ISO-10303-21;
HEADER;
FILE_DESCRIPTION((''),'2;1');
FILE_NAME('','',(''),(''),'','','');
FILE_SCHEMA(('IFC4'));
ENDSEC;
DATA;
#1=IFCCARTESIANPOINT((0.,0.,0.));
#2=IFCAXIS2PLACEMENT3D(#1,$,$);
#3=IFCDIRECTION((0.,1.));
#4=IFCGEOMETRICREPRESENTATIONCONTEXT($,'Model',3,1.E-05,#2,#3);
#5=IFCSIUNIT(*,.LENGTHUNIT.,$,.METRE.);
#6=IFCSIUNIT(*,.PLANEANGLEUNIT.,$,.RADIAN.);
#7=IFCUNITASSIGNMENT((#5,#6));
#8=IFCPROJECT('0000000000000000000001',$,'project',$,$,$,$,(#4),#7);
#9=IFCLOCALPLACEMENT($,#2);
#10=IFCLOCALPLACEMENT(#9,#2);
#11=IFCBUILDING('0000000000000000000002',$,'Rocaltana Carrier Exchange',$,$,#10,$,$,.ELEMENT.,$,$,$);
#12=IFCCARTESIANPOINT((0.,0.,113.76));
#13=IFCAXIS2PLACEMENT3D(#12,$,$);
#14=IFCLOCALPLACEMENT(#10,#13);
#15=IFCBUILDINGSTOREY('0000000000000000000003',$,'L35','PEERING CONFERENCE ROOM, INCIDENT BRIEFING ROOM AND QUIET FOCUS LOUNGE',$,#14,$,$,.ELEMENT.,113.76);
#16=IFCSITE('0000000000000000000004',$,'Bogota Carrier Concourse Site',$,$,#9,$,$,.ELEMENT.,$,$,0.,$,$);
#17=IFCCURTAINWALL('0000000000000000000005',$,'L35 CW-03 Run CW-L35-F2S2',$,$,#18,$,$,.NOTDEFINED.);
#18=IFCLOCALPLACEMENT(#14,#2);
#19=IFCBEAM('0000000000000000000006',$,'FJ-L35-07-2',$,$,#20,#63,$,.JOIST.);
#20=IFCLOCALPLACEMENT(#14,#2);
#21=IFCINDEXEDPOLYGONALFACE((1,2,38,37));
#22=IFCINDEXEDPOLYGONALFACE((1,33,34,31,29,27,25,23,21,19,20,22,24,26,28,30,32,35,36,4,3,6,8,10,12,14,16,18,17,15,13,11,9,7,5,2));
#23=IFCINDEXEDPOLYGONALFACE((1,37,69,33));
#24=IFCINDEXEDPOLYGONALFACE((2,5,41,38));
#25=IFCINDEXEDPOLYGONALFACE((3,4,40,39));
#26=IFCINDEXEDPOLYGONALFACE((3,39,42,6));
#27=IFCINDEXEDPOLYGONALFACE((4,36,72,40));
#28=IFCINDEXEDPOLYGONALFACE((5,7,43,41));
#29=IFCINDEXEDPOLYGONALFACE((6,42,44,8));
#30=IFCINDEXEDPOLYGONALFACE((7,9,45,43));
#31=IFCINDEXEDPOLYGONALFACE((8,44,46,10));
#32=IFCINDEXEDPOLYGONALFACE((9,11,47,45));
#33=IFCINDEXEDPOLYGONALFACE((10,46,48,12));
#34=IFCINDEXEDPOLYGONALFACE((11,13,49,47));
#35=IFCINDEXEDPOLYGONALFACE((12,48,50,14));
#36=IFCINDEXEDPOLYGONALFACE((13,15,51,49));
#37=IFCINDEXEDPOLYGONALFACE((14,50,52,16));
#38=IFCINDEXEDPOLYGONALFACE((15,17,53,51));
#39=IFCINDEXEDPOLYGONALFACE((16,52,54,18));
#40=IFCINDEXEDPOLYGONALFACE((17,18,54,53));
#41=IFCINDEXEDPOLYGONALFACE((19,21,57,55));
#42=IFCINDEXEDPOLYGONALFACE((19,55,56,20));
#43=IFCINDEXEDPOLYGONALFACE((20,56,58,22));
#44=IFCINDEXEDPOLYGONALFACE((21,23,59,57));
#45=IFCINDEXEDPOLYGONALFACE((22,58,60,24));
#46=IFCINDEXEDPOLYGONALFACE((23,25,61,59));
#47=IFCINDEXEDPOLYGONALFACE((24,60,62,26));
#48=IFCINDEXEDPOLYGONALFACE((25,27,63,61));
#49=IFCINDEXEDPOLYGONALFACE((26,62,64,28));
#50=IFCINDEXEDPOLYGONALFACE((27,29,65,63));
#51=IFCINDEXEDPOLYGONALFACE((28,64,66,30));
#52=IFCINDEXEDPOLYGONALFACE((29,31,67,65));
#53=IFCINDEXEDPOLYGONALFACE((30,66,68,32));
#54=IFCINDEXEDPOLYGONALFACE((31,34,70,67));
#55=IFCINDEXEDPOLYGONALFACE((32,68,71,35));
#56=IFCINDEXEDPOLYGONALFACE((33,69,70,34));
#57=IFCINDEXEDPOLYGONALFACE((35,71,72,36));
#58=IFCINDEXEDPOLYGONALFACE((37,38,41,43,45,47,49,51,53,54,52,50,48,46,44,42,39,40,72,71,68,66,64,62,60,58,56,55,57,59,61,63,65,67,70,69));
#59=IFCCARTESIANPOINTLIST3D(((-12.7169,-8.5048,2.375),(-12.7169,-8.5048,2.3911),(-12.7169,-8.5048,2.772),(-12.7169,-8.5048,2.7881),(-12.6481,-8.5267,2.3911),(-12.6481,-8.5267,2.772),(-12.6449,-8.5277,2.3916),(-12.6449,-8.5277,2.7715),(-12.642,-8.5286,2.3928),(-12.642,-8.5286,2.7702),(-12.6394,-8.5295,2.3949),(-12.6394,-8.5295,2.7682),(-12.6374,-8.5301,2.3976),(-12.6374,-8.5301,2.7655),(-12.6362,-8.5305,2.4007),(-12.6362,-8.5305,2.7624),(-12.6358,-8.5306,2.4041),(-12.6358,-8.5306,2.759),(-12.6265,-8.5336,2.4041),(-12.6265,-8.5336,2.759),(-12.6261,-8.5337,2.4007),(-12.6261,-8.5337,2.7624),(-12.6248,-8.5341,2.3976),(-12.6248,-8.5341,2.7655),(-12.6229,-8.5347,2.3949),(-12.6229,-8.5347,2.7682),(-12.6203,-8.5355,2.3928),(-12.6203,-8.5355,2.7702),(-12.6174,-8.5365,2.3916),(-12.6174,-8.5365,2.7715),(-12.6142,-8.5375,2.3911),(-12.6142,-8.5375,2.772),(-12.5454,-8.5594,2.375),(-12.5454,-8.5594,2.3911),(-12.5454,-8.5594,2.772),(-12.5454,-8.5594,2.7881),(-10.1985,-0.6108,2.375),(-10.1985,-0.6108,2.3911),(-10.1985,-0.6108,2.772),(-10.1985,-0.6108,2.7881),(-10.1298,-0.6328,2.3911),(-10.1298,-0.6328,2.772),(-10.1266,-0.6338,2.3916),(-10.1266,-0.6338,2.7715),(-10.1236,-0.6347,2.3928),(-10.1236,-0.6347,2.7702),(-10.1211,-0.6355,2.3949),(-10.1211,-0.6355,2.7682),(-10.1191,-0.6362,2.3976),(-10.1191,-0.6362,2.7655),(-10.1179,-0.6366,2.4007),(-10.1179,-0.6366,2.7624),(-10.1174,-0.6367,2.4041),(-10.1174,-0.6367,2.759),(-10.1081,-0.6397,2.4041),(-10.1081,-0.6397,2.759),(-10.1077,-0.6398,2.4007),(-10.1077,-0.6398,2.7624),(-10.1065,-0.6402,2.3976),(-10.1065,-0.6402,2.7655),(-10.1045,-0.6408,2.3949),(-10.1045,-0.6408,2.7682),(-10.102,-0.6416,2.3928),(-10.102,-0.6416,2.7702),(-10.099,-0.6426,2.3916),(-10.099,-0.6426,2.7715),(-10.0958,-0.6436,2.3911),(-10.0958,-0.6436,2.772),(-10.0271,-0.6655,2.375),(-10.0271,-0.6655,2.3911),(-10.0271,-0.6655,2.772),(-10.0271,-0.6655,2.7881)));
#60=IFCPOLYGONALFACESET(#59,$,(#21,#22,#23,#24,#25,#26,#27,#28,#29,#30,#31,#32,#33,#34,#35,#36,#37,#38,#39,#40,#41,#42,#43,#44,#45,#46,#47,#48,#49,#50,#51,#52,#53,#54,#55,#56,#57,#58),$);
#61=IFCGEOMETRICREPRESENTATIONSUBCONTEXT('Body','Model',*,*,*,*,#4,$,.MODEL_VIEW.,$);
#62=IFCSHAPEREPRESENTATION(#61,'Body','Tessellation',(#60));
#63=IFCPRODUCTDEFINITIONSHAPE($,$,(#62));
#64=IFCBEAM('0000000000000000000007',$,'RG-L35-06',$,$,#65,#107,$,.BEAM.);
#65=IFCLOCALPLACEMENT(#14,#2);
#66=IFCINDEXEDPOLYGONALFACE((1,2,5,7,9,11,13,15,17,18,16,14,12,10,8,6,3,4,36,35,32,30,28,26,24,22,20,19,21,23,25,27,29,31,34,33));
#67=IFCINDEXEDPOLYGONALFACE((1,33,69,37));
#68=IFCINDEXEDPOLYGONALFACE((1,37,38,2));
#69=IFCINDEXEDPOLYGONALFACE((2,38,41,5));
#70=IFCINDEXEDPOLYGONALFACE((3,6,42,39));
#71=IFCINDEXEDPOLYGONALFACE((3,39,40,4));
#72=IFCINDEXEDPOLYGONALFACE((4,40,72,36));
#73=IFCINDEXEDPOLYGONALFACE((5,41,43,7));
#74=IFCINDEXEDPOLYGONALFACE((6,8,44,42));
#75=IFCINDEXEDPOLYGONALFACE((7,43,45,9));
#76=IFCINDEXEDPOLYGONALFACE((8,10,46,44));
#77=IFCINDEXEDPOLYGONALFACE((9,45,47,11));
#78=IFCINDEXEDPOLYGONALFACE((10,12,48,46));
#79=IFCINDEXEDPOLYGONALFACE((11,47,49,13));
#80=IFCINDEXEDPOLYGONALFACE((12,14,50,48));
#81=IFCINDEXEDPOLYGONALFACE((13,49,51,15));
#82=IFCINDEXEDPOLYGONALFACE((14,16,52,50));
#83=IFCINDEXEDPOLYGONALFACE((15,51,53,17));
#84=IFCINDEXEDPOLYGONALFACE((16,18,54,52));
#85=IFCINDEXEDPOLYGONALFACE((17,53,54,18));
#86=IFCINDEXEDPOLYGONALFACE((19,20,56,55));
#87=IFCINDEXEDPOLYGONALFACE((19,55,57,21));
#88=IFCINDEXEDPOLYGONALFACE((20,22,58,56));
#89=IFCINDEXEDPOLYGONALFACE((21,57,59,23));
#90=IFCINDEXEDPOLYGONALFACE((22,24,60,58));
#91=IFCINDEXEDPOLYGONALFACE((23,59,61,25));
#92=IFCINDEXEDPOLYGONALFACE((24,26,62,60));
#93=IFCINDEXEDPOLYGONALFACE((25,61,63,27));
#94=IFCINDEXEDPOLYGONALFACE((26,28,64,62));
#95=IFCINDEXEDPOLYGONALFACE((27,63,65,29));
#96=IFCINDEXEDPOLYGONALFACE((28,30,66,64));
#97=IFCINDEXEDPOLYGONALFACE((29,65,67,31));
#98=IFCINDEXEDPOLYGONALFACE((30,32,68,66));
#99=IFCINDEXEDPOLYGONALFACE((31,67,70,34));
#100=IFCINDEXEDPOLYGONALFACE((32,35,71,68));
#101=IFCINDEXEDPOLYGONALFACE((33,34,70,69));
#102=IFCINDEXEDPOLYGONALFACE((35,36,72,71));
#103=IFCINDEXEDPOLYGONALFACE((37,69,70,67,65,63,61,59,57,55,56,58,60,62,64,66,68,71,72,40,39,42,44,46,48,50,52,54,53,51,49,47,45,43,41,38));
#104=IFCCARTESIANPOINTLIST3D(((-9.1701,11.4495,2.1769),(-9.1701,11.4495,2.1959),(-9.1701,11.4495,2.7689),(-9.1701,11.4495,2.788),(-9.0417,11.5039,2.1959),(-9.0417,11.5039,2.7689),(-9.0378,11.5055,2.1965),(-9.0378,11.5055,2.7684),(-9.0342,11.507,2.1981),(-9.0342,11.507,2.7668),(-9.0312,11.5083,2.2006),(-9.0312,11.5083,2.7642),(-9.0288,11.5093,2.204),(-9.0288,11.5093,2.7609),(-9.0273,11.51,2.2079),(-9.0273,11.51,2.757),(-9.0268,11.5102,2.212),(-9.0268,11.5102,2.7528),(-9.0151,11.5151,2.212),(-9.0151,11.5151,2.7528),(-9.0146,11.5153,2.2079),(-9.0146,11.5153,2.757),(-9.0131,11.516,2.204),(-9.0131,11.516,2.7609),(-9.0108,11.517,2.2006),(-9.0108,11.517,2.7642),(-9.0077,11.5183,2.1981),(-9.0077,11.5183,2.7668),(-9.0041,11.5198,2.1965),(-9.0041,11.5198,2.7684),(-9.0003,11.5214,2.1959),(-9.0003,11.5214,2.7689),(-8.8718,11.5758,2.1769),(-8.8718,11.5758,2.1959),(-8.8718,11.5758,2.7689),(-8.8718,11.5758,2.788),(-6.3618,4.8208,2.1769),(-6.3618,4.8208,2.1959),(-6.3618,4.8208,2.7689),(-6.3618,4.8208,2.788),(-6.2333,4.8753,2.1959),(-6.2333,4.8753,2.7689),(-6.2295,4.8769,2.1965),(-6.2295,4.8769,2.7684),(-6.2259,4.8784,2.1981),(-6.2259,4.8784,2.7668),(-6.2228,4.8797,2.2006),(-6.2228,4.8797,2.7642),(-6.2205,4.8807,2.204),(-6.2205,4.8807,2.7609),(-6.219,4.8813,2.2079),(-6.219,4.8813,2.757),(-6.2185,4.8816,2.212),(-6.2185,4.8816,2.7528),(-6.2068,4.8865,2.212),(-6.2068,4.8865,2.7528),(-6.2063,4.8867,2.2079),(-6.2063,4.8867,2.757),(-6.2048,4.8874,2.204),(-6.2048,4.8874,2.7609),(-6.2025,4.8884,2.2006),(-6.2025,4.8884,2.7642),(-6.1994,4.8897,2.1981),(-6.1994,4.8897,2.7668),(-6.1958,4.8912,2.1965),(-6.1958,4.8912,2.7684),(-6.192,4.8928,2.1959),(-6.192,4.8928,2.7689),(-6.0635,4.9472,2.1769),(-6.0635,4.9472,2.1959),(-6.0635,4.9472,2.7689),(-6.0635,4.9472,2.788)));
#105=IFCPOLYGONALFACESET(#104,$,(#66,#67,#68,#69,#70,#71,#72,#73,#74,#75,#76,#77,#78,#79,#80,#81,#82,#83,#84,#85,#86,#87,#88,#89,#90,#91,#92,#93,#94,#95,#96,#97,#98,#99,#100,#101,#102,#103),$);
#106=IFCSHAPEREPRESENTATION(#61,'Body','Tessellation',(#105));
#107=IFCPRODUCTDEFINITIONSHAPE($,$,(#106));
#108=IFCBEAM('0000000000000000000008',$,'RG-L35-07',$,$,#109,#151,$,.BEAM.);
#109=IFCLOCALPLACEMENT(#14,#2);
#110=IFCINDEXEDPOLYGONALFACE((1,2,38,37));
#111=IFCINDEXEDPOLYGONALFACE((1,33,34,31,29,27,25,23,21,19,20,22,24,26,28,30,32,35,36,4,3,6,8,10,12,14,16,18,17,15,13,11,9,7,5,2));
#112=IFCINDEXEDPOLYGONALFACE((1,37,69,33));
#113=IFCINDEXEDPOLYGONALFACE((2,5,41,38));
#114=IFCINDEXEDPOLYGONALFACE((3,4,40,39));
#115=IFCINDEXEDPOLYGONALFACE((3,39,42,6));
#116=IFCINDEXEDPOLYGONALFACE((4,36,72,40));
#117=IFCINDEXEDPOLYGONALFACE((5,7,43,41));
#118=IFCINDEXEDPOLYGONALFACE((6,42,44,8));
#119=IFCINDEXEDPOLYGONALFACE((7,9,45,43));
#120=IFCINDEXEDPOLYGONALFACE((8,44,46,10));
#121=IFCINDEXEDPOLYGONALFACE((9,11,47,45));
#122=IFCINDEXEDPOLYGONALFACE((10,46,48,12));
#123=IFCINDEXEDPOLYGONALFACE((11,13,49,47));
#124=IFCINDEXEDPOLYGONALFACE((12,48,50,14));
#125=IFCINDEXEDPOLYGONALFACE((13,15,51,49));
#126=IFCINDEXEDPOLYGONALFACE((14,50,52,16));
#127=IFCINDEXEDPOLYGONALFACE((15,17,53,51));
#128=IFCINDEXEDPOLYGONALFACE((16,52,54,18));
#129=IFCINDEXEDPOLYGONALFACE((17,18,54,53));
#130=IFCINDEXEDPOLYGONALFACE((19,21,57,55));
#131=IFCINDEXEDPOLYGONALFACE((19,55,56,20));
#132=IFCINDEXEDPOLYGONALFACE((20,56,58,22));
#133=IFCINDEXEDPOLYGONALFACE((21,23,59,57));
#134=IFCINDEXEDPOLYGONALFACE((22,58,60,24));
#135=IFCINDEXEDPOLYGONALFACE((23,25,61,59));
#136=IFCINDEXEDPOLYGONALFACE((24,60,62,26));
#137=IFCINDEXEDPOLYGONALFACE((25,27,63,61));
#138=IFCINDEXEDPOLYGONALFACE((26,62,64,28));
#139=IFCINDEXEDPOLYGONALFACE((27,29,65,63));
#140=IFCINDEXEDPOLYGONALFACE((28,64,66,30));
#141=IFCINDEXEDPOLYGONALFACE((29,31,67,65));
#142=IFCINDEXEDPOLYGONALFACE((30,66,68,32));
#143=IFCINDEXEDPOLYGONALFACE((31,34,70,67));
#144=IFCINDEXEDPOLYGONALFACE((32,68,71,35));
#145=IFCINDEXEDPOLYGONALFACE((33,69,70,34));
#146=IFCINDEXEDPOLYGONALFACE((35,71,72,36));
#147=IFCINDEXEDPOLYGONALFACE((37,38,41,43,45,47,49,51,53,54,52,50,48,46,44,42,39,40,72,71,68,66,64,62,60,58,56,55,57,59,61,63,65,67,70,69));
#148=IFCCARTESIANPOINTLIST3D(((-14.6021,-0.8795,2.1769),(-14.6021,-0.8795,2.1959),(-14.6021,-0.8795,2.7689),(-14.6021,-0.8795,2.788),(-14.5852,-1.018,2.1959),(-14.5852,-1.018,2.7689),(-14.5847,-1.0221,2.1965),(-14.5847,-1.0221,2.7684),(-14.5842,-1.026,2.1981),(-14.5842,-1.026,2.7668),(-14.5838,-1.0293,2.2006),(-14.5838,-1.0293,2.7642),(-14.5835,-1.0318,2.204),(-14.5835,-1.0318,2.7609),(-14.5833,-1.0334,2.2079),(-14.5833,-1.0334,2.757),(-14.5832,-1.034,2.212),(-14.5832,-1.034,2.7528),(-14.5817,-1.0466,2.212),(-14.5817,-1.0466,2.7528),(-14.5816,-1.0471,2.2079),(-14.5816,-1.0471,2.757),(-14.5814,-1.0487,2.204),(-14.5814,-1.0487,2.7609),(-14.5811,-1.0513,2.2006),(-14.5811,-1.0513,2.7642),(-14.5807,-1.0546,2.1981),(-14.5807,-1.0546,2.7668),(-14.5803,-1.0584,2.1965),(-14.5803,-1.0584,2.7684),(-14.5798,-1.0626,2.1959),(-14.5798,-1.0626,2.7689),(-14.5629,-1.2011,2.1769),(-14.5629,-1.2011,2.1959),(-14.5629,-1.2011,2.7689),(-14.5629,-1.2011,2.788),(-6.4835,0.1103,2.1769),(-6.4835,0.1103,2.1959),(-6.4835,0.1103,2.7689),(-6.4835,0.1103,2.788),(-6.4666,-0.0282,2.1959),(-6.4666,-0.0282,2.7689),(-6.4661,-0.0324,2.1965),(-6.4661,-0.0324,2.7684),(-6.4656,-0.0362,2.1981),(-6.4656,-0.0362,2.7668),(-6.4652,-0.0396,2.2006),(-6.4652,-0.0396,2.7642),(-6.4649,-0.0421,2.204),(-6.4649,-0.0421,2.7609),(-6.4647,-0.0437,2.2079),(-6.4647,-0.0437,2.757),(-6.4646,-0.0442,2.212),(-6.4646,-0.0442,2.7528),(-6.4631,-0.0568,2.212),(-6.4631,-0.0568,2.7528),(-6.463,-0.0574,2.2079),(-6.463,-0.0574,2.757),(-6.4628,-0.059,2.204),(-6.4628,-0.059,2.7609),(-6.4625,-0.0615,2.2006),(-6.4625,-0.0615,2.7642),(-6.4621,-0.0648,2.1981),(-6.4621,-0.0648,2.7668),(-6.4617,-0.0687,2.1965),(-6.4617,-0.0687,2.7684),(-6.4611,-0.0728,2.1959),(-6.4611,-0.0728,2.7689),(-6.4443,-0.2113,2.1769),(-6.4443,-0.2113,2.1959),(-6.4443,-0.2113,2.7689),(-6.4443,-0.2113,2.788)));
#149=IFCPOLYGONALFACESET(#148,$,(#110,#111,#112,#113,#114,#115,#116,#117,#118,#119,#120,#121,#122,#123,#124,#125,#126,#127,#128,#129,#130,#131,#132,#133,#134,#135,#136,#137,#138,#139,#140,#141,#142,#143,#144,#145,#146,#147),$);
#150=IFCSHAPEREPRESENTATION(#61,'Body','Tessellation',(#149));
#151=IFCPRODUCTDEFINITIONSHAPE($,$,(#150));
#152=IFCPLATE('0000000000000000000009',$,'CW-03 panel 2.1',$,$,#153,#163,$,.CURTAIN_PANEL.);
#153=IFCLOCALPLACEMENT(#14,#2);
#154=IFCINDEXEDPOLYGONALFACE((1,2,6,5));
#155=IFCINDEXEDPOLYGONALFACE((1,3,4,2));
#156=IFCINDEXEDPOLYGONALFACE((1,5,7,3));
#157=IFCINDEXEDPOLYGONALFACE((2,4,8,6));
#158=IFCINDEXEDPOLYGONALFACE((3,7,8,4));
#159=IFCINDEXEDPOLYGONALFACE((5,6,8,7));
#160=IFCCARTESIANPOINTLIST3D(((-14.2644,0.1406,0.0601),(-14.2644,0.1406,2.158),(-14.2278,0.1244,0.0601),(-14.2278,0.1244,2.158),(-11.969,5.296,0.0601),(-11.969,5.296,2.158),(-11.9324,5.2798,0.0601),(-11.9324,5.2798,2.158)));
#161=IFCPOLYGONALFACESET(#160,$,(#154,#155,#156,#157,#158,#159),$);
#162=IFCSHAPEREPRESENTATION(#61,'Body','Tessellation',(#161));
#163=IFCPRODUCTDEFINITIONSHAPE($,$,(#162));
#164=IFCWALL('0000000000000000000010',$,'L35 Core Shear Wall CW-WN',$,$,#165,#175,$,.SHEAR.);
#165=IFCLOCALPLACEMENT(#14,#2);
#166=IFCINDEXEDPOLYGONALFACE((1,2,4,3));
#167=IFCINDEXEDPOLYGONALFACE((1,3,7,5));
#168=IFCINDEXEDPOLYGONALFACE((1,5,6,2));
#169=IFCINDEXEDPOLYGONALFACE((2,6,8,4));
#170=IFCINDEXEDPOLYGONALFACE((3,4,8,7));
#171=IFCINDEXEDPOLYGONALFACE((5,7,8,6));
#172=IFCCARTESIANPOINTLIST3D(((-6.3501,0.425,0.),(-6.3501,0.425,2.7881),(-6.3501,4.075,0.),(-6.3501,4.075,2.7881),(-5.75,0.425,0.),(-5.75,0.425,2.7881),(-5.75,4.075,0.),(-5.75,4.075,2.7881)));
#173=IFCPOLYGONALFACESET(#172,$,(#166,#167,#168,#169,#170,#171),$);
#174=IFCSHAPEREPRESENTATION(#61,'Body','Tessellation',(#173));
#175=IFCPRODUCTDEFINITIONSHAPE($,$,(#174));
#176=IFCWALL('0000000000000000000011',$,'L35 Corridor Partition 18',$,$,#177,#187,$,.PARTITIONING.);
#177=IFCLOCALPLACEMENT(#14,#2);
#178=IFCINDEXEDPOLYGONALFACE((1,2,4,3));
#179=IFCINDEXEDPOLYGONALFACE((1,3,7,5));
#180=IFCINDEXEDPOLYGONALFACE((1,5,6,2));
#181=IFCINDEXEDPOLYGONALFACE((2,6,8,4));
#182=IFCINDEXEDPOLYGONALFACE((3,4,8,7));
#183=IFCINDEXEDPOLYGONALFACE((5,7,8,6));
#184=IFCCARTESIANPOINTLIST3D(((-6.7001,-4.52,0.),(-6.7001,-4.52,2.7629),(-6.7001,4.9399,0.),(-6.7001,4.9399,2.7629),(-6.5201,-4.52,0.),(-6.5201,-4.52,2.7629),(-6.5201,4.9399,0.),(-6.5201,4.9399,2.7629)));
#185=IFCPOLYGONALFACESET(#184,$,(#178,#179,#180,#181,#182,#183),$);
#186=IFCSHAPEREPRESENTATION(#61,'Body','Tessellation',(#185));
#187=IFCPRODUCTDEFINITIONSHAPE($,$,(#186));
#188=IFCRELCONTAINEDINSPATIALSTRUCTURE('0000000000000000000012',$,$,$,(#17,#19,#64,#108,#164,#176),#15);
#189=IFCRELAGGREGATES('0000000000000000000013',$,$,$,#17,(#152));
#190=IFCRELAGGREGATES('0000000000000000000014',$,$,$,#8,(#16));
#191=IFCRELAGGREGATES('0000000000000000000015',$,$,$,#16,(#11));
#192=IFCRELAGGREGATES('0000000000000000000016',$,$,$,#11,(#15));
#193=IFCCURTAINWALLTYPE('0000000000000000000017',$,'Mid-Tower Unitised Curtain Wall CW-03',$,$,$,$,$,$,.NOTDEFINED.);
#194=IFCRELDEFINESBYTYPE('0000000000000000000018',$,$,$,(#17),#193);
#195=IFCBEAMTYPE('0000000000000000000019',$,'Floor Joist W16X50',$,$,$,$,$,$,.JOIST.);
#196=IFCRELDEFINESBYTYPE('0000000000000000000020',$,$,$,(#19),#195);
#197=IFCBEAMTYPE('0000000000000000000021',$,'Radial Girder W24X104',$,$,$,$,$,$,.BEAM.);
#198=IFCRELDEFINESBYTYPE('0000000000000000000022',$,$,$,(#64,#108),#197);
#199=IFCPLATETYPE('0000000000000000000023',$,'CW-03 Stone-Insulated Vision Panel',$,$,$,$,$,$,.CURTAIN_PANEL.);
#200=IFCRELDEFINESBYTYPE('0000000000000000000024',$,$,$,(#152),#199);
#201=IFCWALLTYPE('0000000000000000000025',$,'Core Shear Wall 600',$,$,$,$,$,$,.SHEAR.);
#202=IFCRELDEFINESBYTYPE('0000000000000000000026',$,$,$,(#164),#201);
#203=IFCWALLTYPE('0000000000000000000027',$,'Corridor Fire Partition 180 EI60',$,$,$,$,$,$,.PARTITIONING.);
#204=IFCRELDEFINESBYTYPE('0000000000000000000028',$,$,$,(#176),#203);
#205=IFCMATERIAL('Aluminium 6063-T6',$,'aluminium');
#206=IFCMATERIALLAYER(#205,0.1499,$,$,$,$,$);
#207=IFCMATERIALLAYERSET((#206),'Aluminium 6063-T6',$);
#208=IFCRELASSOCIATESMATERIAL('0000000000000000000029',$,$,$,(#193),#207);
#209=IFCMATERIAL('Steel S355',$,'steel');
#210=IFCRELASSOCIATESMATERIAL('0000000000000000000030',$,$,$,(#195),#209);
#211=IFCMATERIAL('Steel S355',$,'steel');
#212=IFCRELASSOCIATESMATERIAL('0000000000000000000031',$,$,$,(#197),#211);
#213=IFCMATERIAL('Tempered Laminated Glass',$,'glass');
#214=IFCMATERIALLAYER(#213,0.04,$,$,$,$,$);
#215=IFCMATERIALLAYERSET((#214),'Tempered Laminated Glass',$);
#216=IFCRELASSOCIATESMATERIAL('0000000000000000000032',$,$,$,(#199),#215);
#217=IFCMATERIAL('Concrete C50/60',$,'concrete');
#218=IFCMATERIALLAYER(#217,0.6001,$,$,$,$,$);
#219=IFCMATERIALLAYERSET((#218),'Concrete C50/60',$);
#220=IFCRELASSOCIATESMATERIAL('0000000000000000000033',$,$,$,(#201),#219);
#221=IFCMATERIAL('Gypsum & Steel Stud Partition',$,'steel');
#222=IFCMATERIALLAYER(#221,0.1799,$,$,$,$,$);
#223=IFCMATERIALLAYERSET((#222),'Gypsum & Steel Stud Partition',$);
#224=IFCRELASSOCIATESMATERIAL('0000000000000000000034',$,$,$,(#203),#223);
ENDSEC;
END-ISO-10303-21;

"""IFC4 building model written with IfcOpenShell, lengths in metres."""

from ifc_helpers import new_model, si_unit, direction, frame, frame_2d, origin, origin_2d, place, context, subcontext, project, spatial, rectangle, i_section, extrude, material, layer, layer_set, material_profile, profile_set, type_object, element, aggregate, save


model = new_model("IFC4")

# Units and contexts
model_context = context("Model", 3, precision=1e-05, world=origin(), true_north=direction((0.0, 1.0)))
body_context = subcontext(model_context, "Body", "Model", "MODEL_VIEW")
ifc_project = project(units=[si_unit("LENGTHUNIT", "METRE"), si_unit("PLANEANGLEUNIT", "RADIAN")], contexts=[model_context])

# Site, building, storey
site_placement = place(None, origin())
site = spatial("IfcSite", under=ifc_project, at=site_placement, Name="Bogota Carrier Concourse Site", CompositionType="ELEMENT", RefElevation=0.0)
building_placement = place(site_placement, origin())
building = spatial("IfcBuilding", under=site, at=building_placement, Name="Rocaltana Carrier Exchange", CompositionType="ELEMENT")
storey_placement = place(building_placement, frame((0.0, 0.0, 113.76)))
storey = spatial("IfcBuildingStorey", under=building, at=storey_placement, Name="L35", Description="PEERING CONFERENCE ROOM, INCIDENT BRIEFING ROOM AND QUIET FOCUS LOUNGE", CompositionType="ELEMENT", Elevation=113.76)

# Curtain wall
ifc_material_1 = material(Name="Aluminium 6063-T6", Category="aluminium")
ifc_layer_1 = layer(ifc_material_1, 0.1499)
ifc_layer_set_1 = layer_set([ifc_layer_1], Name="Aluminium 6063-T6")
curtain_wall_type = type_object("IfcCurtainWallType", Name="Mid-Tower Unitised Curtain Wall CW-03", PredefinedType="NOTDEFINED", material=ifc_layer_set_1)
curtain_wall_placement = place(storey_placement, origin())
curtain_wall = element("IfcCurtainWall", 1, at=curtain_wall_placement, inside=storey, type_object=curtain_wall_type, Name="L35 CW-03 Run CW-L35-F2S2", PredefinedType="NOTDEFINED")

# Beams
ifc_material_2 = material(Name="Steel S355", Category="steel")
ifc_material_profile_1 = material_profile(ifc_material_2, i_section(OverallWidth=0.1799, OverallDepth=0.4131, WebThickness=0.0098, FlangeThickness=0.0161, FilletRadius=0.0129, at=origin_2d()), Name="W16X50")
ifc_profile_set_1 = profile_set([ifc_material_profile_1], Name="Steel S355")
beam_type_1 = type_object("IfcBeamType", Name="Floor Joist W16X50", PredefinedType="JOIST", material=ifc_profile_set_1)
beam_1_placement = place(storey_placement, frame((-10.1128, -0.6382, 2.5815), z_axis=(-0.303932, -0.952694, 0.0), x_axis=(0.952694, -0.303932, 0.0)))
element("IfcBeam", 2, at=beam_1_placement, inside=storey, type_object=beam_type_1, Name="FJ-L35-07-2", PredefinedType="JOIST", context=body_context, shape_type="SweptSolid", body=[
    extrude(i_section(OverallWidth=0.1799, OverallDepth=0.4131, WebThickness=0.0098, FlangeThickness=0.0161, FilletRadius=0.0129, at=origin_2d()), origin(), (0.0, 0.0, 1.0), 8.2859),
])
ifc_material_3 = material(Name="Steel S355", Category="steel")
ifc_material_profile_2 = material_profile(ifc_material_3, i_section(OverallWidth=0.324, OverallDepth=0.6111, WebThickness=0.0127, FlangeThickness=0.019, FilletRadius=0.0161, at=origin_2d()), Name="W24X104")
ifc_profile_set_2 = profile_set([ifc_material_profile_2], Name="Steel S355")
beam_type_2 = type_object("IfcBeamType", Name="Radial Girder W24X104", PredefinedType="BEAM", material=ifc_profile_set_2)
beam_2_placement = place(storey_placement, frame((-6.2126, 4.884, 2.4824), z_axis=(-0.390101, 0.920772, 0.0), x_axis=(-0.920772, -0.390101, 0.0)))
element("IfcBeam", 3, at=beam_2_placement, inside=storey, type_object=beam_type_2, Name="RG-L35-06", PredefinedType="BEAM", context=body_context, shape_type="SweptSolid", body=[
    extrude(i_section(OverallWidth=0.324, OverallDepth=0.6111, WebThickness=0.0127, FlangeThickness=0.019, FilletRadius=0.0161, at=origin_2d()), origin(), (0.0, 0.0, 1.0), 7.199),
])
beam_3_placement = place(storey_placement, frame((-6.4639, -0.0505, 2.4824), z_axis=(-0.992651, -0.121014, 0.0), x_axis=(0.121014, -0.992651, 0.0)))
element("IfcBeam", 4, at=beam_3_placement, inside=storey, type_object=beam_type_2, Name="RG-L35-07", PredefinedType="BEAM", context=body_context, shape_type="SweptSolid", body=[
    extrude(i_section(OverallWidth=0.324, OverallDepth=0.6111, WebThickness=0.0127, FlangeThickness=0.019, FilletRadius=0.0161, at=origin_2d()), origin(), (0.0, 0.0, 1.0), 8.1787),
])

# Plate
ifc_material_4 = material(Name="Tempered Laminated Glass", Category="glass")
ifc_layer_2 = layer(ifc_material_4, 0.04)
ifc_layer_set_2 = layer_set([ifc_layer_2], Name="Tempered Laminated Glass")
plate_type = type_object("IfcPlateType", Name="CW-03 Stone-Insulated Vision Panel", PredefinedType="CURTAIN_PANEL", material=ifc_layer_set_2)
plate_placement = place(storey_placement, frame((-13.0984, 2.7102, 0.0601), z_axis=(0.0, 0.0, 1.0), x_axis=(-0.406744, -0.913542, 0.0)))
plate = element("IfcPlate", 5, at=plate_placement, type_object=plate_type, Name="CW-03 panel 2.1", PredefinedType="CURTAIN_PANEL", context=body_context, shape_type="SweptSolid", body=[
    extrude(rectangle(XDim=5.6433, YDim=0.04, at=origin_2d()), origin(), (0.0, 0.0, 1.0), 2.0979),
])
aggregate(curtain_wall, [plate])

# Walls
ifc_material_5 = material(Name="Concrete C50/60", Category="concrete")
ifc_layer_3 = layer(ifc_material_5, 0.6001)
ifc_layer_set_3 = layer_set([ifc_layer_3], Name="Concrete C50/60")
wall_type_1 = type_object("IfcWallType", Name="Core Shear Wall 600", PredefinedType="SHEAR", material=ifc_layer_set_3)
wall_1_placement = place(storey_placement, frame((-6.05, 0.425, 0.0), z_axis=(0.0, 0.0, 1.0), x_axis=(0.0, 1.0, 0.0)))
element("IfcWall", 6, at=wall_1_placement, inside=storey, type_object=wall_type_1, Name="L35 Core Shear Wall CW-WN", PredefinedType="SHEAR", context=body_context, shape_type="SweptSolid", body=[
    extrude(rectangle(XDim=3.6499, YDim=0.6001, at=frame_2d((1.825, 0.0))), origin(), (0.0, 0.0, 1.0), 2.7881),
])
ifc_material_6 = material(Name="Gypsum & Steel Stud Partition", Category="steel")
ifc_layer_4 = layer(ifc_material_6, 0.1799)
ifc_layer_set_4 = layer_set([ifc_layer_4], Name="Gypsum & Steel Stud Partition")
wall_type_2 = type_object("IfcWallType", Name="Corridor Fire Partition 180 EI60", PredefinedType="PARTITIONING", material=ifc_layer_set_4)
wall_2_placement = place(storey_placement, frame((-6.6101, 4.9399, 0.0), z_axis=(0.0, 0.0, 1.0), x_axis=(0.0, -1.0, 0.0)))
element("IfcWall", 7, at=wall_2_placement, inside=storey, type_object=wall_type_2, Name="L35 Corridor Partition 18", PredefinedType="PARTITIONING", context=body_context, shape_type="SweptSolid", body=[
    extrude(rectangle(XDim=9.46, YDim=0.1799, at=frame_2d((4.73, 0.0))), origin(), (0.0, 0.0, 1.0), 2.7629),
])

save(model, "model.ifc")
